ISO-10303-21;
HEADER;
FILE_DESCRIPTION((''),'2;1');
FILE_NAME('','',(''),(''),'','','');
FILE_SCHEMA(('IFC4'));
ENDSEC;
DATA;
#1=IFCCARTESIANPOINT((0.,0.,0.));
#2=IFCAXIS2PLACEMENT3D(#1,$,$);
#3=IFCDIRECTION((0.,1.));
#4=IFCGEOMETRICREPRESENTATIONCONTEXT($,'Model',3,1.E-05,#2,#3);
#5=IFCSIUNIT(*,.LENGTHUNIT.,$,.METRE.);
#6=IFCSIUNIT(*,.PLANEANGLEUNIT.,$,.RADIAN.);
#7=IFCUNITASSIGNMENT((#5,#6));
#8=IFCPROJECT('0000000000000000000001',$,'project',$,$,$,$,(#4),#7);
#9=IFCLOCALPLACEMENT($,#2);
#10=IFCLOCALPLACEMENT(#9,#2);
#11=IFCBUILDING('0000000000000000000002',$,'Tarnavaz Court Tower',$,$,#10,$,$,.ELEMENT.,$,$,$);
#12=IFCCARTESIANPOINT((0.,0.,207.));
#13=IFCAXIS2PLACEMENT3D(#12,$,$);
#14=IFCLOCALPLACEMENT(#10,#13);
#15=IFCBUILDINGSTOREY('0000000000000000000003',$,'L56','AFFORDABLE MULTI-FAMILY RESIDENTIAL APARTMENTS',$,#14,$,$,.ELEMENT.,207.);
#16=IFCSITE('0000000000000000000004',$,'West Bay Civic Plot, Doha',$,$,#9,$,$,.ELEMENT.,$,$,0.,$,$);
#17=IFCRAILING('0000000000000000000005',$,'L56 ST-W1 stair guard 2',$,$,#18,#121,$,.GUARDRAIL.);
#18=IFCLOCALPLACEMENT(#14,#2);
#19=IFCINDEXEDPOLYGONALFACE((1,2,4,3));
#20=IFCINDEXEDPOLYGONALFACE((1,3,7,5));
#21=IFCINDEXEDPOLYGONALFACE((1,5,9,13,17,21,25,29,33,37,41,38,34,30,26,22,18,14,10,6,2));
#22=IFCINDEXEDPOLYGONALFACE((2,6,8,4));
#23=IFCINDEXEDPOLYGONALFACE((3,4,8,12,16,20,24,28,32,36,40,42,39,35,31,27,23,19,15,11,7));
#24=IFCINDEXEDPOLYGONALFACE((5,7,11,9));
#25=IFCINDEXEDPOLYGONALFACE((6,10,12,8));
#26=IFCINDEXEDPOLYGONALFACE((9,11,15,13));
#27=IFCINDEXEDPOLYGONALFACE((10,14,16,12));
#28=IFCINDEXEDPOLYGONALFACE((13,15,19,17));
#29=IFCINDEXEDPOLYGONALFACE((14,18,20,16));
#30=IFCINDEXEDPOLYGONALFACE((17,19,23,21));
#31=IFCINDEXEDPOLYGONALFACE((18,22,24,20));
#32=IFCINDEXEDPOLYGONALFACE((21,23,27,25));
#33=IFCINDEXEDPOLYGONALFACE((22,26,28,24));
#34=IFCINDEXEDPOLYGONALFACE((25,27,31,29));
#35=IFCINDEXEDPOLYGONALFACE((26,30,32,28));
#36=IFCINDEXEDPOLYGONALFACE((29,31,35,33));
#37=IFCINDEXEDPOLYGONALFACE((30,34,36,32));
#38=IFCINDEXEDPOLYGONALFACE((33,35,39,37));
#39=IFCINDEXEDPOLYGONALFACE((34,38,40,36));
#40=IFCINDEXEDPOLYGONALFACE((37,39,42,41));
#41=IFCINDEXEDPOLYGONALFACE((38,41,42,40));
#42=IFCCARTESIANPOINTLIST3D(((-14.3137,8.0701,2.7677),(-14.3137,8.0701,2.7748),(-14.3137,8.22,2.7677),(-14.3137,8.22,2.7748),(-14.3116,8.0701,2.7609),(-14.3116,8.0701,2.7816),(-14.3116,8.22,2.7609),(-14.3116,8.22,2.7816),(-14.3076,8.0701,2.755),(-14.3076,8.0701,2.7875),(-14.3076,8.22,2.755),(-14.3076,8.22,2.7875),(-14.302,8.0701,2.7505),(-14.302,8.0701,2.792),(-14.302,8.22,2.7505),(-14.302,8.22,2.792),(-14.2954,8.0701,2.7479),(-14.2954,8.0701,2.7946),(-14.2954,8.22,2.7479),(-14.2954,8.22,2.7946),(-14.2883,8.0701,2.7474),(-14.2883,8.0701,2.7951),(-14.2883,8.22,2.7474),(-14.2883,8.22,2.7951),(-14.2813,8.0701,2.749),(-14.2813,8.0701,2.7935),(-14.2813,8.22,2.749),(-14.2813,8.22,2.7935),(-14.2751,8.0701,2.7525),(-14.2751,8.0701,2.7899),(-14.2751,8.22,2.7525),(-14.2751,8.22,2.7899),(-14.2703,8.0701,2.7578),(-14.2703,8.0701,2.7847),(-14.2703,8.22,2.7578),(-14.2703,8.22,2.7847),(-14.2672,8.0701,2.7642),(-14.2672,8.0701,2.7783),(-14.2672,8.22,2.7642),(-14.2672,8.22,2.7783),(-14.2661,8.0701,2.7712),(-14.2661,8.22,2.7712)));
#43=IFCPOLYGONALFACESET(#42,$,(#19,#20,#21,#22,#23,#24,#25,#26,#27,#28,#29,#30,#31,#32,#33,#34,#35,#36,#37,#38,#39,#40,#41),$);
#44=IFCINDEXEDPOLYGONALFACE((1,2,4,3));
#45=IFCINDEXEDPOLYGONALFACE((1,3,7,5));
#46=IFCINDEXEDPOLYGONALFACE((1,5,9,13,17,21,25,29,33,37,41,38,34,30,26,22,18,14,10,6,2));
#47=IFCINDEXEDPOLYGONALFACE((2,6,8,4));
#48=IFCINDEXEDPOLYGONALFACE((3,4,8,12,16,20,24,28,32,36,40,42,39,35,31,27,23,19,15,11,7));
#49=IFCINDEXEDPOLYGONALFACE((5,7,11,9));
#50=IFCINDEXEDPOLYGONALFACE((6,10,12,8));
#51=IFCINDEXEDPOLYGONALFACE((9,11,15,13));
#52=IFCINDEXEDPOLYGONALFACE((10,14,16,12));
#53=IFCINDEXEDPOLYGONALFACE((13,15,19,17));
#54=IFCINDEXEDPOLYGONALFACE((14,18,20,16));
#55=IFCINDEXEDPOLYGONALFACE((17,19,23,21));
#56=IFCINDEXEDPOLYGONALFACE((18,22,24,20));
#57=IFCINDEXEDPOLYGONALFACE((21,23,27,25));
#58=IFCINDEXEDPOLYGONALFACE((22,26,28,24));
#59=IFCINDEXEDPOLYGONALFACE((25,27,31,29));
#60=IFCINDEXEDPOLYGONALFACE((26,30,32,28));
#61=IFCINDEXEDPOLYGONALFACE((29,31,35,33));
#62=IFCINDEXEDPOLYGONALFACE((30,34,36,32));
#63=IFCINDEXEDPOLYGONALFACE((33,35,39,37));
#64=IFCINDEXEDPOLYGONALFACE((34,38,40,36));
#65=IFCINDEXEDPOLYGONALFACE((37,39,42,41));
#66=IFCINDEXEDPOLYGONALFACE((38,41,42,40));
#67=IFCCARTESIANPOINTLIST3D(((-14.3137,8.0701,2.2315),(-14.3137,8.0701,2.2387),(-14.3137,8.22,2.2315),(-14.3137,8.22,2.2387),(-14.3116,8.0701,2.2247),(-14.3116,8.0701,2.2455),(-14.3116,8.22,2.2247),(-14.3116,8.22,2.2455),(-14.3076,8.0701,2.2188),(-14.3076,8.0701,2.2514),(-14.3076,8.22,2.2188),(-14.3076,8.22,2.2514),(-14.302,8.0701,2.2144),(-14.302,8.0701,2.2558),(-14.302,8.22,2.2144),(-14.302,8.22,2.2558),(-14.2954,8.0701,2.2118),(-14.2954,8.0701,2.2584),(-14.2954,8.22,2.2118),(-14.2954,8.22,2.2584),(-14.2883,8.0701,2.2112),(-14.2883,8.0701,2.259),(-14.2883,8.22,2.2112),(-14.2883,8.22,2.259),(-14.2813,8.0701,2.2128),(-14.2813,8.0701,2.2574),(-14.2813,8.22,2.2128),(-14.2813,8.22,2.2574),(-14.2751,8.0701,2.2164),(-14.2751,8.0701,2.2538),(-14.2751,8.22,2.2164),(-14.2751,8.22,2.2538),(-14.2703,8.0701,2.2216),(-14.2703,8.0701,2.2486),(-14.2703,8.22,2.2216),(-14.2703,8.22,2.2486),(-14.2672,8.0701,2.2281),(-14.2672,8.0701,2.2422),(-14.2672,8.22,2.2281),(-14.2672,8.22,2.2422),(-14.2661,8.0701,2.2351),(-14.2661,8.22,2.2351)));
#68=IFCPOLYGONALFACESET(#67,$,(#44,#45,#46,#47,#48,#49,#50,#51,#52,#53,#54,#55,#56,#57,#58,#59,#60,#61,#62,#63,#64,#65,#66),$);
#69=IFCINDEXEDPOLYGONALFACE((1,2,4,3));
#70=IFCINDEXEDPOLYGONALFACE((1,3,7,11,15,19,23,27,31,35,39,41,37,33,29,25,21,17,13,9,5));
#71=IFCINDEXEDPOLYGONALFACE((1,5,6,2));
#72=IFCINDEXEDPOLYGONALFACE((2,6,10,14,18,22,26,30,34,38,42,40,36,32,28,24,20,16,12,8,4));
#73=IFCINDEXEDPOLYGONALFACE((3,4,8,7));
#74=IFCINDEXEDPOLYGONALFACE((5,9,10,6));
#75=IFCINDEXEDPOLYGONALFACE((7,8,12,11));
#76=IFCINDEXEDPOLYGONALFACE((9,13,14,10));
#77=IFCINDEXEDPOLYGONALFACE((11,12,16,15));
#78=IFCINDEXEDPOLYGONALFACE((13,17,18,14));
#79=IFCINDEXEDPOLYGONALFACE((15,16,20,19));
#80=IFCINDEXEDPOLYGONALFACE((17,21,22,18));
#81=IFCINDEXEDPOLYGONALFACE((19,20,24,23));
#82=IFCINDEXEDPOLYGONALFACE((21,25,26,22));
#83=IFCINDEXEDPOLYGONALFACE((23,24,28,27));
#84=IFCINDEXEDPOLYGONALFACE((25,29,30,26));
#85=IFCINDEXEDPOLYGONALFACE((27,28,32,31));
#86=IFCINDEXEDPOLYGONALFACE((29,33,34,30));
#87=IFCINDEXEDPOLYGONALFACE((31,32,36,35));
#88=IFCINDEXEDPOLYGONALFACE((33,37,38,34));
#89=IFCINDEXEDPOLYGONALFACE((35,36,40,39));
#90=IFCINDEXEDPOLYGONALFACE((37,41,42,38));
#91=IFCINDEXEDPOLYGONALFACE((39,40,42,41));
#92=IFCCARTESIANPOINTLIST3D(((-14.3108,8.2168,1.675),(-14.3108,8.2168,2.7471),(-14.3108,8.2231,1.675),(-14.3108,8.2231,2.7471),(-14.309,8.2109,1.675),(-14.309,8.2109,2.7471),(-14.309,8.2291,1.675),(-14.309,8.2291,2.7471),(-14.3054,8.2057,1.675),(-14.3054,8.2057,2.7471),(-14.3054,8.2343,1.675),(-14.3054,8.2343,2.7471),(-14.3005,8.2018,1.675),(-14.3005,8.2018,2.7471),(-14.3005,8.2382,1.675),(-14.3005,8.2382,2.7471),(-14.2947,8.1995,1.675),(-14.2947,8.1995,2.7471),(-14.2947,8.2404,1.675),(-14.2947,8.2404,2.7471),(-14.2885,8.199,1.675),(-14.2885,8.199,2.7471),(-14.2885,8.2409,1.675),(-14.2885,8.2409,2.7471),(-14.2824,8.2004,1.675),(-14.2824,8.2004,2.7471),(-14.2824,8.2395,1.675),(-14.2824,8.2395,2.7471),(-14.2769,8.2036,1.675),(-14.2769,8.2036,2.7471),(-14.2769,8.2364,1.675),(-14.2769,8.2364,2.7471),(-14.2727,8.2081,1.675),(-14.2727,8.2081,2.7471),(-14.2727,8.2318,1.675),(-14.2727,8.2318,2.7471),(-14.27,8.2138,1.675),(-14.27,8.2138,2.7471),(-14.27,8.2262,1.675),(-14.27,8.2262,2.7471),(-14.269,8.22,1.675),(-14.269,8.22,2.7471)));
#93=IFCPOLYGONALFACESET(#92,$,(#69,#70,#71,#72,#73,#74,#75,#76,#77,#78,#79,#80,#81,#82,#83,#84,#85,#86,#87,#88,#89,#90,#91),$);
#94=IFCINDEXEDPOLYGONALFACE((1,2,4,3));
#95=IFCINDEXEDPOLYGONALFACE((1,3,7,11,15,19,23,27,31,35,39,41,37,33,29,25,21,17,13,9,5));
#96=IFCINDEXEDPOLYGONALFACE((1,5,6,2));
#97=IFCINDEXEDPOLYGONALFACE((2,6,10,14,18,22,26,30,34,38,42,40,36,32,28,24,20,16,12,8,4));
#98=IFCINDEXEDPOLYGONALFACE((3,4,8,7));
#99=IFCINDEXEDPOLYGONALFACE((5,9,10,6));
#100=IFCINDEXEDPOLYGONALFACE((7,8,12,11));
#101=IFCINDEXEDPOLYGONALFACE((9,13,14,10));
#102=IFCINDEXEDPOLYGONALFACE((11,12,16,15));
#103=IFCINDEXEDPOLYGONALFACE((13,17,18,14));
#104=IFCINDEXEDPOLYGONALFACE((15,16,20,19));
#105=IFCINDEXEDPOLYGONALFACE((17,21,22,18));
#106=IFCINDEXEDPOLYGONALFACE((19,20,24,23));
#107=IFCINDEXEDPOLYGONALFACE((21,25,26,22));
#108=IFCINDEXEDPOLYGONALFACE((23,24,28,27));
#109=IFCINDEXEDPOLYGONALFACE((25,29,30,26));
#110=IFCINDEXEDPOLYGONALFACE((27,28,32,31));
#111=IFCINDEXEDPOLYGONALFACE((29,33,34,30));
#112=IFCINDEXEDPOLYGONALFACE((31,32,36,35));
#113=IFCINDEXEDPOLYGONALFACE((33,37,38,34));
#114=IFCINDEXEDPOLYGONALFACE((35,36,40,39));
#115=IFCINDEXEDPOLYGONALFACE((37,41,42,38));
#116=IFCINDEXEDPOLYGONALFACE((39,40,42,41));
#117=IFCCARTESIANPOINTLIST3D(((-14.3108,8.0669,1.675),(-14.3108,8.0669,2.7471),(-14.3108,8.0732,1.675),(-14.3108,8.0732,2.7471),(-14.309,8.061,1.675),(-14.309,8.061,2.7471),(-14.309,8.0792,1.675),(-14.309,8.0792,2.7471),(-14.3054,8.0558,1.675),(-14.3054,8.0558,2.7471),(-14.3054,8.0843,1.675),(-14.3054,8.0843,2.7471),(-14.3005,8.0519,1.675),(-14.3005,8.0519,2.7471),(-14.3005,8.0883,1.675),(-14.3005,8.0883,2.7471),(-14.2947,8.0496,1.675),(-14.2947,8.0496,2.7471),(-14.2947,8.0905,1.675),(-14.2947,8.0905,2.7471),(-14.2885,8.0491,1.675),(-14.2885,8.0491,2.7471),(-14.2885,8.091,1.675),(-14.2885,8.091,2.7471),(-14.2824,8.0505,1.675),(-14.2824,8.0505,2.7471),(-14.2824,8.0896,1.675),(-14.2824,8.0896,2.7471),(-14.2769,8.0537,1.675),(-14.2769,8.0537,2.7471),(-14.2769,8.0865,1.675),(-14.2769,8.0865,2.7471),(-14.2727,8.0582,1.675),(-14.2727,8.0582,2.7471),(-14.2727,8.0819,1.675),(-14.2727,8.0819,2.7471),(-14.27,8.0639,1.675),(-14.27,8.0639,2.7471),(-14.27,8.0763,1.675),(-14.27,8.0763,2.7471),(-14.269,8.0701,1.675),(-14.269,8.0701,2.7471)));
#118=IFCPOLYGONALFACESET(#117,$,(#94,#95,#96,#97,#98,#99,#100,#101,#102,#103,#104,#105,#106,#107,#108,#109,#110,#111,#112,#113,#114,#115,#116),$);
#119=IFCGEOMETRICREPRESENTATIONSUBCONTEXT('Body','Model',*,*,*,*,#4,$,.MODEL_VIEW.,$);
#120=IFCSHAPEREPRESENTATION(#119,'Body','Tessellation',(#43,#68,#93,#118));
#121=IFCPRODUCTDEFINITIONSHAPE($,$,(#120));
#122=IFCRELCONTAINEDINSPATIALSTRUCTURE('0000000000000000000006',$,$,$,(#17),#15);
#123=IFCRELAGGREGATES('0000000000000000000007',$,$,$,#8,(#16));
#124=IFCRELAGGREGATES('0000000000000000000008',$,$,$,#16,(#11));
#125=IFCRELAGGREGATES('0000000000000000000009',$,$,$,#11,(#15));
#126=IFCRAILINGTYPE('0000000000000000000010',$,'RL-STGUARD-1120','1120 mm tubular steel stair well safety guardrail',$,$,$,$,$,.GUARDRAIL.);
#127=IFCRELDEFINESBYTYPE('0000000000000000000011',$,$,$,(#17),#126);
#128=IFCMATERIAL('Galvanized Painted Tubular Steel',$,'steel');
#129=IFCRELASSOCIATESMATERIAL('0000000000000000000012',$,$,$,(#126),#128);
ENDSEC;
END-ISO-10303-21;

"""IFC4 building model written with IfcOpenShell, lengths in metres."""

from ifc_helpers import new_model, si_unit, direction, frame, origin, origin_2d, place, context, subcontext, project, spatial, circle, extrude, material, type_object, element, save


model = new_model("IFC4")

# Units and contexts
model_context = context("Model", 3, precision=1e-05, world=origin(), true_north=direction((0.0, 1.0)))
body_context = subcontext(model_context, "Body", "Model", "MODEL_VIEW")
ifc_project = project(units=[si_unit("LENGTHUNIT", "METRE"), si_unit("PLANEANGLEUNIT", "RADIAN")], contexts=[model_context])

# Site, building, storey
site_placement = place(None, origin())
site = spatial("IfcSite", under=ifc_project, at=site_placement, Name="West Bay Civic Plot, Doha", CompositionType="ELEMENT", RefElevation=0.0)
building_placement = place(site_placement, origin())
building = spatial("IfcBuilding", under=site, at=building_placement, Name="Tarnavaz Court Tower", CompositionType="ELEMENT")
storey_placement = place(building_placement, frame((0.0, 0.0, 207.0)))
storey = spatial("IfcBuildingStorey", under=building, at=storey_placement, Name="L56", Description="AFFORDABLE MULTI-FAMILY RESIDENTIAL APARTMENTS", CompositionType="ELEMENT", Elevation=207.0)

# Railing
ifc_material_1 = material(Name="Galvanized Painted Tubular Steel", Category="steel")
railing_type_1 = type_object("IfcRailingType", Name="RL-STGUARD-1120", Description="1120 mm tubular steel stair well safety guardrail", PredefinedType="GUARDRAIL", material=ifc_material_1)
railing_1_placement = place(storey_placement, frame((-14.29, 8.22, 1.675)))
element("IfcRailing", 1, at=railing_1_placement, inside=storey, type_object=railing_type_1, Name="L56 ST-W1 stair guard 2", PredefinedType="GUARDRAIL", context=body_context, shape_type="SweptSolid", body=[
    extrude(circle(Radius=0.0239, at=origin_2d()), frame((0.0, 0.0, 1.0962), z_axis=(0.0, -1.0, 0.0), x_axis=(1.0, 0.0, 0.0)), (0.0, 0.0, 1.0), 0.1499),
    extrude(circle(Radius=0.0239, at=origin_2d()), frame((0.0, 0.0, 0.5601), z_axis=(0.0, -1.0, 0.0), x_axis=(1.0, 0.0, 0.0)), (0.0, 0.0, 1.0), 0.1499),
    extrude(circle(Radius=0.021, at=origin_2d()), origin(), (0.0, 0.0, 1.0), 1.072),
    extrude(circle(Radius=0.021, at=origin_2d()), frame((0.0, -0.1499, 0.0)), (0.0, 0.0, 1.0), 1.072),
])

save(model, "model.ifc")
